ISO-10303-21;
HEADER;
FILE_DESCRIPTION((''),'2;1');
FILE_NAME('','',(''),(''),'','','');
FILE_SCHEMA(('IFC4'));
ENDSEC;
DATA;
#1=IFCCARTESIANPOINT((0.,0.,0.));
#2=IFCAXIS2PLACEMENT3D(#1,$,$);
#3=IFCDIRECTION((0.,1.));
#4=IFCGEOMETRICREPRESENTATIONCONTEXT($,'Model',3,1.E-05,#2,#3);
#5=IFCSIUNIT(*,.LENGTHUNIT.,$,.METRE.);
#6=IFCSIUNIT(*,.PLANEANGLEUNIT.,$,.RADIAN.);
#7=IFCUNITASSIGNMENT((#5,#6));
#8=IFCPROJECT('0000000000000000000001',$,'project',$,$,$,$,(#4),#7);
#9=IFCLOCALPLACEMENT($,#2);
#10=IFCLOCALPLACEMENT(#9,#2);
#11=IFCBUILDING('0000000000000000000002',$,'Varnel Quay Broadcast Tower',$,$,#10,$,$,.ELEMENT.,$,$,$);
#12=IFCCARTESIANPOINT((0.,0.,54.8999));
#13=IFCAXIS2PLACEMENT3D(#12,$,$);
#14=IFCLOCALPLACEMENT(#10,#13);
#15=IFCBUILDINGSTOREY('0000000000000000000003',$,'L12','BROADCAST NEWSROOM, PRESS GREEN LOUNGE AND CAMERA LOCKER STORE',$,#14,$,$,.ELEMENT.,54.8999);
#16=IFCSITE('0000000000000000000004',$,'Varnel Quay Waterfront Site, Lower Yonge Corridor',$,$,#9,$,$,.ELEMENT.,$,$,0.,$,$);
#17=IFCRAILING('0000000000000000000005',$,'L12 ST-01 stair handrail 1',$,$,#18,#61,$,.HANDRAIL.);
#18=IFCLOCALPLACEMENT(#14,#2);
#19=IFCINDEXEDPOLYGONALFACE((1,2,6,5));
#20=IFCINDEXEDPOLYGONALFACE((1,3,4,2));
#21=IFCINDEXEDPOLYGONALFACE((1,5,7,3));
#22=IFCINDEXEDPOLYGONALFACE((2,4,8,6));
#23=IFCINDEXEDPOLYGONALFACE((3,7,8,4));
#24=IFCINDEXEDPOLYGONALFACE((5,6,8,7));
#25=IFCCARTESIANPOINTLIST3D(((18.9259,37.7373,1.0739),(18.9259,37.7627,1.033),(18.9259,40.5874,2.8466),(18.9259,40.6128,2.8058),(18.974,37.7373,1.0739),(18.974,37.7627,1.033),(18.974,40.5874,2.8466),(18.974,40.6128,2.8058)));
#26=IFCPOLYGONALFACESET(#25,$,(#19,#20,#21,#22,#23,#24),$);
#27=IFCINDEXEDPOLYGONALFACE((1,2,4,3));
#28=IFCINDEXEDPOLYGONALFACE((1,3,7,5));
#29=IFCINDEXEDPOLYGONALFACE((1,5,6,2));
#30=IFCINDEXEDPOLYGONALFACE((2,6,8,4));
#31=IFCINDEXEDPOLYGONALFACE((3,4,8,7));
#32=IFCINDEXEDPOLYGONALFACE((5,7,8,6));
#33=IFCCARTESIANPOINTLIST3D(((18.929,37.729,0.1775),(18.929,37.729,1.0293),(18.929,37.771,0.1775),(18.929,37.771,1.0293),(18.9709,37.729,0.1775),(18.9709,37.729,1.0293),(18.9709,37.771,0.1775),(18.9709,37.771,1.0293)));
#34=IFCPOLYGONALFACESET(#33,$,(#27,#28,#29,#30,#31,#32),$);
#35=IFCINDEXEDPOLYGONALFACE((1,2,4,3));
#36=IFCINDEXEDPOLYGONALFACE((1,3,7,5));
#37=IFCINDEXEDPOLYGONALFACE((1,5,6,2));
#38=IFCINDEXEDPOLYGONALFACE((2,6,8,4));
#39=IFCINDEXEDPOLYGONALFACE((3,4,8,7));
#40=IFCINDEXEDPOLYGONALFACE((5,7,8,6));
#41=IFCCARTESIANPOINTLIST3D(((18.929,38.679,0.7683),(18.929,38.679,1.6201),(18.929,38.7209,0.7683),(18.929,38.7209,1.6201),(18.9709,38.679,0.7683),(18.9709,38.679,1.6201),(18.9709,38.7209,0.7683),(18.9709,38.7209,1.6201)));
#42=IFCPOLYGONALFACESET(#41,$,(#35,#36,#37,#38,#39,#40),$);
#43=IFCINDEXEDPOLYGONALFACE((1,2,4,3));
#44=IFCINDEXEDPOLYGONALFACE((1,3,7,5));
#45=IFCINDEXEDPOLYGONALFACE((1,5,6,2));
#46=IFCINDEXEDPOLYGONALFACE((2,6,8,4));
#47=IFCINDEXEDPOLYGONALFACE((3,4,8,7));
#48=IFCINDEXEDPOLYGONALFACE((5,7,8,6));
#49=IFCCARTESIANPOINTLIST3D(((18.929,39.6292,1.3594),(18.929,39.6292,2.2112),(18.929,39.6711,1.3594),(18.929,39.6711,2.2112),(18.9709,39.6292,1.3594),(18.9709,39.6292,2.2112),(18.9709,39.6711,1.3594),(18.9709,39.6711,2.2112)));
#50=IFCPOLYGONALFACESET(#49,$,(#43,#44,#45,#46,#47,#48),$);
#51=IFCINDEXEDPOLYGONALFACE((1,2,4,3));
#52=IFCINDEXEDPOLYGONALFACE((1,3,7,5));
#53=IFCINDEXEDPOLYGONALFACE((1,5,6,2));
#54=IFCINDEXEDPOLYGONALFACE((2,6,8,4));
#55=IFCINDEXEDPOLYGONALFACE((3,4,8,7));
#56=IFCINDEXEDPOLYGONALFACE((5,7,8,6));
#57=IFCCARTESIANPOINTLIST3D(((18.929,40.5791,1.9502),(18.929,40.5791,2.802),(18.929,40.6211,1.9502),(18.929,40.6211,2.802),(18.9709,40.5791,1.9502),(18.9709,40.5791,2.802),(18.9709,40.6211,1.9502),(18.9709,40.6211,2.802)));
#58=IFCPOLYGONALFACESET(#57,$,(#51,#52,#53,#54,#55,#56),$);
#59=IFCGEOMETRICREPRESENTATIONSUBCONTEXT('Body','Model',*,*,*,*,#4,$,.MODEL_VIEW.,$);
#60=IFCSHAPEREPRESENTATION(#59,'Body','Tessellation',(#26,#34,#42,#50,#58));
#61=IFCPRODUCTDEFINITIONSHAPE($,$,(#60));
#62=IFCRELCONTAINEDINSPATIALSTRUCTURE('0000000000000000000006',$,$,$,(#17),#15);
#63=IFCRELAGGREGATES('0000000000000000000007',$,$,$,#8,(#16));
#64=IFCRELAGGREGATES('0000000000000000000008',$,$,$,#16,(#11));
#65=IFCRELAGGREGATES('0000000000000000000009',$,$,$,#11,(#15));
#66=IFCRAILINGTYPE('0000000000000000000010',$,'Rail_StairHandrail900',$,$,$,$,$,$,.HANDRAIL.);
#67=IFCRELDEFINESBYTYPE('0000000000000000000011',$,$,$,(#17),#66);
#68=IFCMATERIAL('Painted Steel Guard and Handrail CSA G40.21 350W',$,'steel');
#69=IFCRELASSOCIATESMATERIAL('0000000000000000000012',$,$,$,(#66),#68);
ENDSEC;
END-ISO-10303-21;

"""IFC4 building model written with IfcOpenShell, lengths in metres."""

from ifc_helpers import new_model, si_unit, direction, frame, origin, origin_2d, place, context, subcontext, project, spatial, rectangle, extrude, material, type_object, element, save


model = new_model("IFC4")

# Units and contexts
model_context = context("Model", 3, precision=1e-05, world=origin(), true_north=direction((0.0, 1.0)))
body_context = subcontext(model_context, "Body", "Model", "MODEL_VIEW")
ifc_project = project(units=[si_unit("LENGTHUNIT", "METRE"), si_unit("PLANEANGLEUNIT", "RADIAN")], contexts=[model_context])

# Site, building, storey
site_placement = place(None, origin())
site = spatial("IfcSite", under=ifc_project, at=site_placement, Name="Varnel Quay Waterfront Site, Lower Yonge Corridor", CompositionType="ELEMENT", RefElevation=0.0)
building_placement = place(site_placement, origin())
building = spatial("IfcBuilding", under=site, at=building_placement, Name="Varnel Quay Broadcast Tower", CompositionType="ELEMENT")
storey_placement = place(building_placement, frame((0.0, 0.0, 54.8999)))
storey = spatial("IfcBuildingStorey", under=building, at=storey_placement, Name="L12", Description="BROADCAST NEWSROOM, PRESS GREEN LOUNGE AND CAMERA LOCKER STORE", CompositionType="ELEMENT", Elevation=54.8999)

# Railing
ifc_material_1 = material(Name="Painted Steel Guard and Handrail CSA G40.21 350W", Category="steel")
railing_type_1 = type_object("IfcRailingType", Name="Rail_StairHandrail900", PredefinedType="HANDRAIL", material=ifc_material_1)
railing_1_placement = place(storey_placement, frame((18.95, 37.75, 0.1775)))
element("IfcRailing", 1, at=railing_1_placement, inside=storey, type_object=railing_type_1, Name="L12 ST-01 stair handrail 1", PredefinedType="HANDRAIL", context=body_context, shape_type="SweptSolid", body=[
    extrude(rectangle(XDim=0.0481, YDim=0.0481, at=origin_2d()), frame((0.0, 0.0, 0.876), z_axis=(0.0, 0.849149, 0.528154), x_axis=(-1.0, 0.0, 0.0)), (0.0, 0.0, 1.0), 3.3564),
    extrude(rectangle(XDim=0.042, YDim=0.042, at=origin_2d()), origin(), (0.0, 0.0, 1.0), 0.8518),
    extrude(rectangle(XDim=0.042, YDim=0.042, at=origin_2d()), frame((0.0, 0.95, 0.5908)), (0.0, 0.0, 1.0), 0.8518),
    extrude(rectangle(XDim=0.042, YDim=0.042, at=origin_2d()), frame((0.0, 1.9001, 1.1819)), (0.0, 0.0, 1.0), 0.8518),
    extrude(rectangle(XDim=0.042, YDim=0.042, at=origin_2d()), frame((0.0, 2.8501, 1.7727)), (0.0, 0.0, 1.0), 0.8518),
])

save(model, "model.ifc")
